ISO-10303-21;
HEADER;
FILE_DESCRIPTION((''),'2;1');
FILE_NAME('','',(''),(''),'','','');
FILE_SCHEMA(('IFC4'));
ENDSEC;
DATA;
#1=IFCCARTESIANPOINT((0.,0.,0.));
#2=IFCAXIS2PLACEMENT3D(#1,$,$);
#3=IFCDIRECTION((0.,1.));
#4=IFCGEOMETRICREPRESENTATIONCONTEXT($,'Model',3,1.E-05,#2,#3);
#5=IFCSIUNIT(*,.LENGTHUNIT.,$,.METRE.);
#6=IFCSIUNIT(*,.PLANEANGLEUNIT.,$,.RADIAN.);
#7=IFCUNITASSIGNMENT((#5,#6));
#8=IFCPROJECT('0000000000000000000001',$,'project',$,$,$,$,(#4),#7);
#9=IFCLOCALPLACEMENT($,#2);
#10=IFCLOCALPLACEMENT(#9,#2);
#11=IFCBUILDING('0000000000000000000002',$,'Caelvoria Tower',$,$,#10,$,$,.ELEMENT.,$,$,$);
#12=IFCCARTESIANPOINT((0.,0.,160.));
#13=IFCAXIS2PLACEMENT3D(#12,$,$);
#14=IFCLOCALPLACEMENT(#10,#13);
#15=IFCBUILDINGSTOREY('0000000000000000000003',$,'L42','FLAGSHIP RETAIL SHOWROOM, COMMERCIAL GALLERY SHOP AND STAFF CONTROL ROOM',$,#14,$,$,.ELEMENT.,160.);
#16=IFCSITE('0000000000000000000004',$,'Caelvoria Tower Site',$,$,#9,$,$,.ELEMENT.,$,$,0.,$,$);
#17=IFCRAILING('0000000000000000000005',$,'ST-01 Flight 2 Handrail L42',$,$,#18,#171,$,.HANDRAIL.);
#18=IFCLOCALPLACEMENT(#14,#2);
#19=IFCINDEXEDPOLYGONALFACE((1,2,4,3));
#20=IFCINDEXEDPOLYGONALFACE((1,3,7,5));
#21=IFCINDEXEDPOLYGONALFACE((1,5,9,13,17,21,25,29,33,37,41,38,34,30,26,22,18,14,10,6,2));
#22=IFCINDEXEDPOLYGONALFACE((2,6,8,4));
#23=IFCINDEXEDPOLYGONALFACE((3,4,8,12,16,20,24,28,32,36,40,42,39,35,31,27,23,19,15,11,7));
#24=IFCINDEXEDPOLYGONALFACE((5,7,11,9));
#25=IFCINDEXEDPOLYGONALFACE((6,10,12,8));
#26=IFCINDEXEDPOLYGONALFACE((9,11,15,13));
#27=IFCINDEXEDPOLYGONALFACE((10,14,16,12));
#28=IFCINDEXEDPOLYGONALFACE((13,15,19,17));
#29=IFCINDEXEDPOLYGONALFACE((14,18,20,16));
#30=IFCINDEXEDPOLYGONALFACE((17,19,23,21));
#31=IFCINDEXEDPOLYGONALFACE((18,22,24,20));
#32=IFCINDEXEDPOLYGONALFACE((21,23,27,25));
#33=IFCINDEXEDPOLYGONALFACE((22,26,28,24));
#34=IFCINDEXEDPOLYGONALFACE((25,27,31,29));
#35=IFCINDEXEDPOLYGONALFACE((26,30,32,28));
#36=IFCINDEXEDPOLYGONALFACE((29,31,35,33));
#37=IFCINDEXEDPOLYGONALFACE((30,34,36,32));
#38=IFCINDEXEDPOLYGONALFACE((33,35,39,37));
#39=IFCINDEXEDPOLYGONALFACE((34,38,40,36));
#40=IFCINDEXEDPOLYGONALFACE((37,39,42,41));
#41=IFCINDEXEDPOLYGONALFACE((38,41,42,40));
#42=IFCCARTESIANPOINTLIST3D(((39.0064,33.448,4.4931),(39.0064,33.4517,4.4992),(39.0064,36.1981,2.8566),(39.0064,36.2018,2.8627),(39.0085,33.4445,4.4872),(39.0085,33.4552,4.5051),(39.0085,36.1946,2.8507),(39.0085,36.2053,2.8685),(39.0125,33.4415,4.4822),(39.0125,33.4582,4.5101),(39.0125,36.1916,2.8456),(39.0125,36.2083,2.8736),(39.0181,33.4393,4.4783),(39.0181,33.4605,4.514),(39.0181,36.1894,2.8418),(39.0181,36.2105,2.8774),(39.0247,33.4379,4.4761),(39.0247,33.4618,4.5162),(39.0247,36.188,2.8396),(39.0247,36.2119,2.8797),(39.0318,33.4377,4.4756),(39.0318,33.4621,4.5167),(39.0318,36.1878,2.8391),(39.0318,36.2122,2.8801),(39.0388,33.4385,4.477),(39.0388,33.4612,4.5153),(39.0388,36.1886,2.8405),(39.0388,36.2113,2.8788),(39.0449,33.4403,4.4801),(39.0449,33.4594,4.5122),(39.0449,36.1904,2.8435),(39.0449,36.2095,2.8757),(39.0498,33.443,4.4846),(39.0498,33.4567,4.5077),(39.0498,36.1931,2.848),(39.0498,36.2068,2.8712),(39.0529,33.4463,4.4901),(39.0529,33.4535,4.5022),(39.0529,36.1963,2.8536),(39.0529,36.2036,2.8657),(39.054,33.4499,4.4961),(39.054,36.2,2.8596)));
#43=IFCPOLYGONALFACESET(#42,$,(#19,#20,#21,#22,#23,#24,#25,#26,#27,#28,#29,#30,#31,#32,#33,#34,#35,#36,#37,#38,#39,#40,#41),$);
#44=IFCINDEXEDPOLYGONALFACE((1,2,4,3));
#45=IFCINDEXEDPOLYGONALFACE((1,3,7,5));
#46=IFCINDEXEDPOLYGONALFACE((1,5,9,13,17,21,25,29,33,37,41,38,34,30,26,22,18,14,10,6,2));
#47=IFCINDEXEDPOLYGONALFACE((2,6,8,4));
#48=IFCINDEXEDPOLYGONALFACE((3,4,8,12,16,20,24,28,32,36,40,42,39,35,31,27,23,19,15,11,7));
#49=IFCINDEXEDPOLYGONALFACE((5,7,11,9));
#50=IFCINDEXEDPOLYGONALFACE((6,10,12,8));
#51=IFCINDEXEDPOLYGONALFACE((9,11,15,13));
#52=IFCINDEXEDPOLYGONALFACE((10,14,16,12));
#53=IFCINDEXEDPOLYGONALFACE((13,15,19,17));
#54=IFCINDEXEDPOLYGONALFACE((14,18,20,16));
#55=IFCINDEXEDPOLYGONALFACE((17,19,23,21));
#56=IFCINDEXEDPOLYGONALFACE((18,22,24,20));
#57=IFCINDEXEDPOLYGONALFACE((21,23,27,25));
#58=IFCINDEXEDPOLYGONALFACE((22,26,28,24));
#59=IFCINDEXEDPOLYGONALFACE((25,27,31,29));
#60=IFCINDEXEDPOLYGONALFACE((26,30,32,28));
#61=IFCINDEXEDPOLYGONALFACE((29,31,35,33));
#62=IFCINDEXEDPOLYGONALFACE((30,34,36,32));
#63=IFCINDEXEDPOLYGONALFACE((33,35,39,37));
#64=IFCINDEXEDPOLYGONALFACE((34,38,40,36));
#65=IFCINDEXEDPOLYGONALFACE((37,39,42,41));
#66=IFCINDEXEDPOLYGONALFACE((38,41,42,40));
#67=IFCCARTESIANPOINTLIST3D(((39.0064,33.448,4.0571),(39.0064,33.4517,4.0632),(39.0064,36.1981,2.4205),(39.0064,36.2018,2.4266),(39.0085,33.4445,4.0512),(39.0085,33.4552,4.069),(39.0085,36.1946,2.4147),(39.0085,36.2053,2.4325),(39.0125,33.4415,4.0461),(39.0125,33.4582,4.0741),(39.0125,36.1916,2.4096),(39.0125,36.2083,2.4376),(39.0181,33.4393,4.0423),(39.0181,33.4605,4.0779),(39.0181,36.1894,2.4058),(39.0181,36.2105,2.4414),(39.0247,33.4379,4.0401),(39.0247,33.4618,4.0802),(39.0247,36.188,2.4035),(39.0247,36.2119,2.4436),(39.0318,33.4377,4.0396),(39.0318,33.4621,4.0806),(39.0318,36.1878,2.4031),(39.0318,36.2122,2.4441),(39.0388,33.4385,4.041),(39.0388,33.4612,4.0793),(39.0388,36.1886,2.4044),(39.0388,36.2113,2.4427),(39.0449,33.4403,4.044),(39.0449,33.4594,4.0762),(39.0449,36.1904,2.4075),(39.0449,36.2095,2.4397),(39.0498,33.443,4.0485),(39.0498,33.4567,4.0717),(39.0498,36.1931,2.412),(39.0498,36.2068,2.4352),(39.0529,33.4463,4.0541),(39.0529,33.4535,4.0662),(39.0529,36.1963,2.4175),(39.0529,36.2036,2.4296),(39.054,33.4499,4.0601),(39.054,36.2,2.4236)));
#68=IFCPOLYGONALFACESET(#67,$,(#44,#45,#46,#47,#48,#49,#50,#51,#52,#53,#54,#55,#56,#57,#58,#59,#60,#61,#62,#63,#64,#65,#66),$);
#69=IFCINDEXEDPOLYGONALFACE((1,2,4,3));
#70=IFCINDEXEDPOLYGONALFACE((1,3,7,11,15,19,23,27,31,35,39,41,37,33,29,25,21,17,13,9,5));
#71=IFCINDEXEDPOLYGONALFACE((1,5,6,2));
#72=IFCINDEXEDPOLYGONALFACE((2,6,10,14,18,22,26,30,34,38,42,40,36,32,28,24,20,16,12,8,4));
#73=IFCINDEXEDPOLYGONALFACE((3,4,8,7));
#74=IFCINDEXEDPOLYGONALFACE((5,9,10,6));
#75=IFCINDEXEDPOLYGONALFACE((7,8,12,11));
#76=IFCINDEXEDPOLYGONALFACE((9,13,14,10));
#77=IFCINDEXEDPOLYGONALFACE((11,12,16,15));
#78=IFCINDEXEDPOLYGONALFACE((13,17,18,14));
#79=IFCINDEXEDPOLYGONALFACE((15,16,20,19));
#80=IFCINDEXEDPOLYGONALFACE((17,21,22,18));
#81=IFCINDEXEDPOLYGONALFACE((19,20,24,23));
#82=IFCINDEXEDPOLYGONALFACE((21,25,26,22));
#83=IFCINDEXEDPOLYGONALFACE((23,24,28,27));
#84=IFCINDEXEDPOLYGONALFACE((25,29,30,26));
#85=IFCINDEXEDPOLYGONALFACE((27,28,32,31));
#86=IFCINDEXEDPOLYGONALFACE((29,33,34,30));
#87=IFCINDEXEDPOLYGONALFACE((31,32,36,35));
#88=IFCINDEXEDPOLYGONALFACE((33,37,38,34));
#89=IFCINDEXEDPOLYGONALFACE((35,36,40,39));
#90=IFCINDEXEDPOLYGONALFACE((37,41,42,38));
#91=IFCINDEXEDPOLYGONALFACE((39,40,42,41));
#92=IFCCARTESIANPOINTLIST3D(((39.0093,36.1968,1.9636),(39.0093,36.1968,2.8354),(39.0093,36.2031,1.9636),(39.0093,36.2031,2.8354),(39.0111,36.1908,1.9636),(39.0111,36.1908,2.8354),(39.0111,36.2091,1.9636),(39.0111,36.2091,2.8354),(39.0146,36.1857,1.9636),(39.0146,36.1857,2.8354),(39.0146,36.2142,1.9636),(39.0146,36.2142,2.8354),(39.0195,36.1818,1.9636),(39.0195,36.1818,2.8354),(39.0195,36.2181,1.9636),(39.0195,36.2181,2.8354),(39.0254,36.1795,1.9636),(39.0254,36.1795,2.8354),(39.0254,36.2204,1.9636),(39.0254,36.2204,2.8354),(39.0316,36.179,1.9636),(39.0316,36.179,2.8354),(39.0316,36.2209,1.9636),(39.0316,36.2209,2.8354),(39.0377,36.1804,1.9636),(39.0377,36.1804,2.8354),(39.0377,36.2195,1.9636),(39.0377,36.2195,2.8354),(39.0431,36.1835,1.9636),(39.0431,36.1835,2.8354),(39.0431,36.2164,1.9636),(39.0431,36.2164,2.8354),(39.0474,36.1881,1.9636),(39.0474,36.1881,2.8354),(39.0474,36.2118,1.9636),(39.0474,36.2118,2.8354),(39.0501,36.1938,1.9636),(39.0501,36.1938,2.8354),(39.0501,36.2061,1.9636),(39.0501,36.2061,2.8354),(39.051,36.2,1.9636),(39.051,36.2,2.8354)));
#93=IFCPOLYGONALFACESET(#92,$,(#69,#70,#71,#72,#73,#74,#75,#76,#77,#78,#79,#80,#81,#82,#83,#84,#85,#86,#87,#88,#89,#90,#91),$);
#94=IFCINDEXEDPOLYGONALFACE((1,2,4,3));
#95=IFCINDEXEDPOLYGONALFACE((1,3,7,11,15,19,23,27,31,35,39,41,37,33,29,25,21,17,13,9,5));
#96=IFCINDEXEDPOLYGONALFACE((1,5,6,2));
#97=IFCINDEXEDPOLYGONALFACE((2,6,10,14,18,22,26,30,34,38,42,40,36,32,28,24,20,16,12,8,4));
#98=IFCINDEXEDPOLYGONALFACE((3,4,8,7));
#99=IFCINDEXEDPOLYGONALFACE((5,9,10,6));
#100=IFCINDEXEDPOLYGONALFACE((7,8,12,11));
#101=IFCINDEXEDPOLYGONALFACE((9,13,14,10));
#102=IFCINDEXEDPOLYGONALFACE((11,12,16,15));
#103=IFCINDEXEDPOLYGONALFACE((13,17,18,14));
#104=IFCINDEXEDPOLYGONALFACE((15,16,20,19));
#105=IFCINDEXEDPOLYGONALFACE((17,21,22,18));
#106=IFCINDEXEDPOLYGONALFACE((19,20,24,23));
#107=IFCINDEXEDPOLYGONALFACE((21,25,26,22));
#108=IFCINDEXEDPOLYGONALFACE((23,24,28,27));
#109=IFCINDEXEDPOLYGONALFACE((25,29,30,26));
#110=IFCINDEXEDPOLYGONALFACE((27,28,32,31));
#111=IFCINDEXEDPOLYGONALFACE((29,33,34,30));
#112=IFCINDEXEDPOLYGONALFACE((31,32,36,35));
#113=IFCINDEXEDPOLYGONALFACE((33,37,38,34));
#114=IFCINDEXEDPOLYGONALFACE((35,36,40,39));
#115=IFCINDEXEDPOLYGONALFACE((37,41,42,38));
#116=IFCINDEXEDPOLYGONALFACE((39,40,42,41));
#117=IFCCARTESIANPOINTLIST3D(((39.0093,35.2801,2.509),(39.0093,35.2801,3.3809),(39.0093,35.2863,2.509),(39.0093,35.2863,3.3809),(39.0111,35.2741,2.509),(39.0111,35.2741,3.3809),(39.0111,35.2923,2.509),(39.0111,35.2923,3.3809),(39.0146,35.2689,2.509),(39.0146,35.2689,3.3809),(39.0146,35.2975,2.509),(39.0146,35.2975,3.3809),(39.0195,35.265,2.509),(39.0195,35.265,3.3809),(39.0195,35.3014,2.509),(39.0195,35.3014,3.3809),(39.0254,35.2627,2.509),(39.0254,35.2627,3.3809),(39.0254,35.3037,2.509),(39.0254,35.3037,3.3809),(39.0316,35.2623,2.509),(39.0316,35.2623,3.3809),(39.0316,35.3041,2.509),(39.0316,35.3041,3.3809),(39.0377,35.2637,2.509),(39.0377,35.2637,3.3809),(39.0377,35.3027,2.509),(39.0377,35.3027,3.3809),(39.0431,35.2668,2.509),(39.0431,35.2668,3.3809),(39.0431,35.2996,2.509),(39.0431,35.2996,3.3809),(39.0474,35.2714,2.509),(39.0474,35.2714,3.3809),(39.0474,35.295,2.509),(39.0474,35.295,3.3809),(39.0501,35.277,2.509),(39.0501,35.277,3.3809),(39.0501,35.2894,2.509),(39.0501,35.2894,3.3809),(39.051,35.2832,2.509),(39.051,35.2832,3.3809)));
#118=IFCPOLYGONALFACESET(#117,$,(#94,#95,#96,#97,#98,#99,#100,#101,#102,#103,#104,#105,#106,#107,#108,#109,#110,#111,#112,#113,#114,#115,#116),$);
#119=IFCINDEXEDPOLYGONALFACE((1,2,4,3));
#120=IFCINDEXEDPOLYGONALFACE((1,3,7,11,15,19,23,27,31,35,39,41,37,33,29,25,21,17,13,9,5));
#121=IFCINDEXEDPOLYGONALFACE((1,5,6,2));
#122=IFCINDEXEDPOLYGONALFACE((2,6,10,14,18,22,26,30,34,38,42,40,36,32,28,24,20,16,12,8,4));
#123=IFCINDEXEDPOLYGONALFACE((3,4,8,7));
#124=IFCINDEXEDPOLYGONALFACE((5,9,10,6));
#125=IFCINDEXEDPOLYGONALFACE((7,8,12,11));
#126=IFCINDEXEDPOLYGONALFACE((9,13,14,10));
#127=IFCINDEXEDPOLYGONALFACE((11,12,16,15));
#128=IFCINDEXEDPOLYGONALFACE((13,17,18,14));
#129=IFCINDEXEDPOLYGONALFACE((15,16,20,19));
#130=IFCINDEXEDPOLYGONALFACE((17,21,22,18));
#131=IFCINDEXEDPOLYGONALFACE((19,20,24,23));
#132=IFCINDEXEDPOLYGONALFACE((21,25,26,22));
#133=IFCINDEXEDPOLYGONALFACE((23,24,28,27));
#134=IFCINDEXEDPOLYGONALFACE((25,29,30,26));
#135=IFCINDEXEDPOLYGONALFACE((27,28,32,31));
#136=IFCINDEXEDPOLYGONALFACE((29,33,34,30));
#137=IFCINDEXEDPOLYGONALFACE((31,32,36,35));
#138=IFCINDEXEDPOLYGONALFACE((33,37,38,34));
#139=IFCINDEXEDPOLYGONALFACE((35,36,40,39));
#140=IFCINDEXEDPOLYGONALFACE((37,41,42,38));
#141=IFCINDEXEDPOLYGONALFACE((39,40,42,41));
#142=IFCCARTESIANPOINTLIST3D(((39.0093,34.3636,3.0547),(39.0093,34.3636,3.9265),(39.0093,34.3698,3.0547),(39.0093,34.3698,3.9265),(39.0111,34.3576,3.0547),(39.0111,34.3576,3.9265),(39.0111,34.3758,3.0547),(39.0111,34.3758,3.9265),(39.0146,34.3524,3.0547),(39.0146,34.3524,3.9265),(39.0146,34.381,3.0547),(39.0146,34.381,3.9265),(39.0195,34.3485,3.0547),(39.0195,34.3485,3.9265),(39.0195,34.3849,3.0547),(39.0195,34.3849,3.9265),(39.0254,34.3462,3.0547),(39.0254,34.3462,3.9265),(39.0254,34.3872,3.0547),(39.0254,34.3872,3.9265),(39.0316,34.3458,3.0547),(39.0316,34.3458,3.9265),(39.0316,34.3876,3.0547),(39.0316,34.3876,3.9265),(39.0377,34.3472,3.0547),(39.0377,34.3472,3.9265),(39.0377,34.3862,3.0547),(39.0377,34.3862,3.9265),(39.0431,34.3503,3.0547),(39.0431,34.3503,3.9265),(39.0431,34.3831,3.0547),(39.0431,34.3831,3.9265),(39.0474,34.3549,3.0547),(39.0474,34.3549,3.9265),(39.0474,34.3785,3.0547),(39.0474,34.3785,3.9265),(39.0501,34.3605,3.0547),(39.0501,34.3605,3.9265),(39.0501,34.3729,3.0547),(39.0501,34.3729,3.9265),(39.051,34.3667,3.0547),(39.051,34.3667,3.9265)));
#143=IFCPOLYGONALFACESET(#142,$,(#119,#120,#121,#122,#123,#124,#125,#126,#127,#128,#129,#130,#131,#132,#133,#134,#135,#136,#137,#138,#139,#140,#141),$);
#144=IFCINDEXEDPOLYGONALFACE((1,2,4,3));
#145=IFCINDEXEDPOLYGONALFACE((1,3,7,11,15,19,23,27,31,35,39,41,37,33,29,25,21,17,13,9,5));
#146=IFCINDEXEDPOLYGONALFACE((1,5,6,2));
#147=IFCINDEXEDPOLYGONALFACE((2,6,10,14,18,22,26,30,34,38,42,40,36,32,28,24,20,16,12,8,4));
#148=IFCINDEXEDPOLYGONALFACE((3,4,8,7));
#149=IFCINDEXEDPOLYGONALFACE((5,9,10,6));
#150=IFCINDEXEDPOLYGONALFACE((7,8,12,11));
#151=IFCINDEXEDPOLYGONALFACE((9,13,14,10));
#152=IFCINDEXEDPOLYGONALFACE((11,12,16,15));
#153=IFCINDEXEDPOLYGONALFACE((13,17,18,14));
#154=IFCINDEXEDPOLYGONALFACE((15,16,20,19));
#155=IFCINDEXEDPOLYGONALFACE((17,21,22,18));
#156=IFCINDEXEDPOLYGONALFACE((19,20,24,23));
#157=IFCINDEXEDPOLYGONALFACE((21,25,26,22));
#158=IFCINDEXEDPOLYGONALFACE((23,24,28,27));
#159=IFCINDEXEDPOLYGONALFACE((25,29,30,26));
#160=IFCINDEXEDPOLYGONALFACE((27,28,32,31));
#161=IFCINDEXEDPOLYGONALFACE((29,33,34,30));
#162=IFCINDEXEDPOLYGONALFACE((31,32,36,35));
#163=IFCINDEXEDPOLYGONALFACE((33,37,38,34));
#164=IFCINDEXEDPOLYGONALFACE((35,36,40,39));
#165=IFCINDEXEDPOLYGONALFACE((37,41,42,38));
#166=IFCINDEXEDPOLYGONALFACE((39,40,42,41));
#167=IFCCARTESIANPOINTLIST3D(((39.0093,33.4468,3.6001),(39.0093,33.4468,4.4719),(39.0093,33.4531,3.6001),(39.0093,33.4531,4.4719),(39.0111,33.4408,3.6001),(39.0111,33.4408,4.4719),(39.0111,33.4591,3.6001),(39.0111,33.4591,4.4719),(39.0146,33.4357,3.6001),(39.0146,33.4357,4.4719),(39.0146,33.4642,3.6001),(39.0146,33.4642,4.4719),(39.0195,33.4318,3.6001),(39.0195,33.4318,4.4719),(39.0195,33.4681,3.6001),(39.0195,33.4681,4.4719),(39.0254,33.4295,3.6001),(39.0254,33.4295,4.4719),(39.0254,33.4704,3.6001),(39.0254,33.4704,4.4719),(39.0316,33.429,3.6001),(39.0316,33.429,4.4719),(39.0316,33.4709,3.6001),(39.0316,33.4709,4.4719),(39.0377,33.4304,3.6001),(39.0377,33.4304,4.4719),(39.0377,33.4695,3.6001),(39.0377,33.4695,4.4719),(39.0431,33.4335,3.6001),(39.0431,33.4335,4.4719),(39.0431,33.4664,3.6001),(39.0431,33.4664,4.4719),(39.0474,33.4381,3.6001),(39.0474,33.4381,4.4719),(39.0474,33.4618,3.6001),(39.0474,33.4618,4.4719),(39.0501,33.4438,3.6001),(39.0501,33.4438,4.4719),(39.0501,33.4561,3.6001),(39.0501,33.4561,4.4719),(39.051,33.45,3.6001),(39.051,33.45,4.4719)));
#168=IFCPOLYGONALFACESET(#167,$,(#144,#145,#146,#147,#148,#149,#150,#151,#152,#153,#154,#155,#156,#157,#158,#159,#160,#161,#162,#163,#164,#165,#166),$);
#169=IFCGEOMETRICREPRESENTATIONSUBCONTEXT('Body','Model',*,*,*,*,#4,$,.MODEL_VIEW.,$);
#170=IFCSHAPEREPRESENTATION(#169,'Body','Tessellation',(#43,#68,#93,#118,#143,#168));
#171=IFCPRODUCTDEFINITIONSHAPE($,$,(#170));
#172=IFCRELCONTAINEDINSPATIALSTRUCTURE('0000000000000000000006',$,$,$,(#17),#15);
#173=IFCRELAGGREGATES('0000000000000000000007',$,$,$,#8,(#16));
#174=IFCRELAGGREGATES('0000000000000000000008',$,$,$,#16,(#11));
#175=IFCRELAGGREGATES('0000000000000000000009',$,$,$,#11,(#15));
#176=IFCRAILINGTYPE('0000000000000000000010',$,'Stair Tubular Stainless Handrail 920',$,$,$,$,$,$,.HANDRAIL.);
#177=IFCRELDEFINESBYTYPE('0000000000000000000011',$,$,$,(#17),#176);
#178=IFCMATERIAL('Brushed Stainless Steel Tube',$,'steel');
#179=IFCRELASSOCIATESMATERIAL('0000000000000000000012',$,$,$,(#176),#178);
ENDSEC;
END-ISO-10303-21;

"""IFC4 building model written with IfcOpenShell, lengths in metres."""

from ifc_helpers import new_model, si_unit, direction, frame, origin, origin_2d, place, context, subcontext, project, spatial, circle, extrude, material, type_object, element, save


model = new_model("IFC4")

# Units and contexts
model_context = context("Model", 3, precision=1e-05, world=origin(), true_north=direction((0.0, 1.0)))
body_context = subcontext(model_context, "Body", "Model", "MODEL_VIEW")
ifc_project = project(units=[si_unit("LENGTHUNIT", "METRE"), si_unit("PLANEANGLEUNIT", "RADIAN")], contexts=[model_context])

# Site, building, storey
site_placement = place(None, origin())
site = spatial("IfcSite", under=ifc_project, at=site_placement, Name="Caelvoria Tower Site", CompositionType="ELEMENT", RefElevation=0.0)
building_placement = place(site_placement, origin())
building = spatial("IfcBuilding", under=site, at=building_placement, Name="Caelvoria Tower", CompositionType="ELEMENT")
storey_placement = place(building_placement, frame((0.0, 0.0, 160.0)))
storey = spatial("IfcBuildingStorey", under=building, at=storey_placement, Name="L42", Description="FLAGSHIP RETAIL SHOWROOM, COMMERCIAL GALLERY SHOP AND STAFF CONTROL ROOM", CompositionType="ELEMENT", Elevation=160.0)

# Railing
ifc_material_1 = material(Name="Brushed Stainless Steel Tube", Category="steel")
railing_type_1 = type_object("IfcRailingType", Name="Stair Tubular Stainless Handrail 920", PredefinedType="HANDRAIL", material=ifc_material_1)
railing_1_placement = place(storey_placement, frame((39.03, 36.2, 1.9636)))
element("IfcRailing", 1, at=railing_1_placement, inside=storey, type_object=railing_type_1, Name="ST-01 Flight 2 Handrail L42", PredefinedType="HANDRAIL", context=body_context, shape_type="SweptSolid", body=[
    extrude(circle(Radius=0.0239, at=origin_2d()), frame((0.0, 0.0, 0.896), z_axis=(0.0, -0.859352, 0.511385), x_axis=(1.0, 0.0, 0.0)), (0.0, 0.0, 1.0), 3.2002),
    extrude(circle(Radius=0.0239, at=origin_2d()), frame((0.0, 0.0, 0.46), z_axis=(0.0, -0.859352, 0.511385), x_axis=(1.0, 0.0, 0.0)), (0.0, 0.0, 1.0), 3.2002),
    extrude(circle(Radius=0.021, at=origin_2d()), origin(), (0.0, 0.0, 1.0), 0.8718),
    extrude(circle(Radius=0.021, at=origin_2d()), frame((0.0, -0.9167, 0.5454)), (0.0, 0.0, 1.0), 0.8718),
    extrude(circle(Radius=0.021, at=origin_2d()), frame((0.0, -1.8333, 1.0911)), (0.0, 0.0, 1.0), 0.8718),
    extrude(circle(Radius=0.021, at=origin_2d()), frame((0.0, -2.75, 1.6365)), (0.0, 0.0, 1.0), 0.8718),
])

save(model, "model.ifc")
